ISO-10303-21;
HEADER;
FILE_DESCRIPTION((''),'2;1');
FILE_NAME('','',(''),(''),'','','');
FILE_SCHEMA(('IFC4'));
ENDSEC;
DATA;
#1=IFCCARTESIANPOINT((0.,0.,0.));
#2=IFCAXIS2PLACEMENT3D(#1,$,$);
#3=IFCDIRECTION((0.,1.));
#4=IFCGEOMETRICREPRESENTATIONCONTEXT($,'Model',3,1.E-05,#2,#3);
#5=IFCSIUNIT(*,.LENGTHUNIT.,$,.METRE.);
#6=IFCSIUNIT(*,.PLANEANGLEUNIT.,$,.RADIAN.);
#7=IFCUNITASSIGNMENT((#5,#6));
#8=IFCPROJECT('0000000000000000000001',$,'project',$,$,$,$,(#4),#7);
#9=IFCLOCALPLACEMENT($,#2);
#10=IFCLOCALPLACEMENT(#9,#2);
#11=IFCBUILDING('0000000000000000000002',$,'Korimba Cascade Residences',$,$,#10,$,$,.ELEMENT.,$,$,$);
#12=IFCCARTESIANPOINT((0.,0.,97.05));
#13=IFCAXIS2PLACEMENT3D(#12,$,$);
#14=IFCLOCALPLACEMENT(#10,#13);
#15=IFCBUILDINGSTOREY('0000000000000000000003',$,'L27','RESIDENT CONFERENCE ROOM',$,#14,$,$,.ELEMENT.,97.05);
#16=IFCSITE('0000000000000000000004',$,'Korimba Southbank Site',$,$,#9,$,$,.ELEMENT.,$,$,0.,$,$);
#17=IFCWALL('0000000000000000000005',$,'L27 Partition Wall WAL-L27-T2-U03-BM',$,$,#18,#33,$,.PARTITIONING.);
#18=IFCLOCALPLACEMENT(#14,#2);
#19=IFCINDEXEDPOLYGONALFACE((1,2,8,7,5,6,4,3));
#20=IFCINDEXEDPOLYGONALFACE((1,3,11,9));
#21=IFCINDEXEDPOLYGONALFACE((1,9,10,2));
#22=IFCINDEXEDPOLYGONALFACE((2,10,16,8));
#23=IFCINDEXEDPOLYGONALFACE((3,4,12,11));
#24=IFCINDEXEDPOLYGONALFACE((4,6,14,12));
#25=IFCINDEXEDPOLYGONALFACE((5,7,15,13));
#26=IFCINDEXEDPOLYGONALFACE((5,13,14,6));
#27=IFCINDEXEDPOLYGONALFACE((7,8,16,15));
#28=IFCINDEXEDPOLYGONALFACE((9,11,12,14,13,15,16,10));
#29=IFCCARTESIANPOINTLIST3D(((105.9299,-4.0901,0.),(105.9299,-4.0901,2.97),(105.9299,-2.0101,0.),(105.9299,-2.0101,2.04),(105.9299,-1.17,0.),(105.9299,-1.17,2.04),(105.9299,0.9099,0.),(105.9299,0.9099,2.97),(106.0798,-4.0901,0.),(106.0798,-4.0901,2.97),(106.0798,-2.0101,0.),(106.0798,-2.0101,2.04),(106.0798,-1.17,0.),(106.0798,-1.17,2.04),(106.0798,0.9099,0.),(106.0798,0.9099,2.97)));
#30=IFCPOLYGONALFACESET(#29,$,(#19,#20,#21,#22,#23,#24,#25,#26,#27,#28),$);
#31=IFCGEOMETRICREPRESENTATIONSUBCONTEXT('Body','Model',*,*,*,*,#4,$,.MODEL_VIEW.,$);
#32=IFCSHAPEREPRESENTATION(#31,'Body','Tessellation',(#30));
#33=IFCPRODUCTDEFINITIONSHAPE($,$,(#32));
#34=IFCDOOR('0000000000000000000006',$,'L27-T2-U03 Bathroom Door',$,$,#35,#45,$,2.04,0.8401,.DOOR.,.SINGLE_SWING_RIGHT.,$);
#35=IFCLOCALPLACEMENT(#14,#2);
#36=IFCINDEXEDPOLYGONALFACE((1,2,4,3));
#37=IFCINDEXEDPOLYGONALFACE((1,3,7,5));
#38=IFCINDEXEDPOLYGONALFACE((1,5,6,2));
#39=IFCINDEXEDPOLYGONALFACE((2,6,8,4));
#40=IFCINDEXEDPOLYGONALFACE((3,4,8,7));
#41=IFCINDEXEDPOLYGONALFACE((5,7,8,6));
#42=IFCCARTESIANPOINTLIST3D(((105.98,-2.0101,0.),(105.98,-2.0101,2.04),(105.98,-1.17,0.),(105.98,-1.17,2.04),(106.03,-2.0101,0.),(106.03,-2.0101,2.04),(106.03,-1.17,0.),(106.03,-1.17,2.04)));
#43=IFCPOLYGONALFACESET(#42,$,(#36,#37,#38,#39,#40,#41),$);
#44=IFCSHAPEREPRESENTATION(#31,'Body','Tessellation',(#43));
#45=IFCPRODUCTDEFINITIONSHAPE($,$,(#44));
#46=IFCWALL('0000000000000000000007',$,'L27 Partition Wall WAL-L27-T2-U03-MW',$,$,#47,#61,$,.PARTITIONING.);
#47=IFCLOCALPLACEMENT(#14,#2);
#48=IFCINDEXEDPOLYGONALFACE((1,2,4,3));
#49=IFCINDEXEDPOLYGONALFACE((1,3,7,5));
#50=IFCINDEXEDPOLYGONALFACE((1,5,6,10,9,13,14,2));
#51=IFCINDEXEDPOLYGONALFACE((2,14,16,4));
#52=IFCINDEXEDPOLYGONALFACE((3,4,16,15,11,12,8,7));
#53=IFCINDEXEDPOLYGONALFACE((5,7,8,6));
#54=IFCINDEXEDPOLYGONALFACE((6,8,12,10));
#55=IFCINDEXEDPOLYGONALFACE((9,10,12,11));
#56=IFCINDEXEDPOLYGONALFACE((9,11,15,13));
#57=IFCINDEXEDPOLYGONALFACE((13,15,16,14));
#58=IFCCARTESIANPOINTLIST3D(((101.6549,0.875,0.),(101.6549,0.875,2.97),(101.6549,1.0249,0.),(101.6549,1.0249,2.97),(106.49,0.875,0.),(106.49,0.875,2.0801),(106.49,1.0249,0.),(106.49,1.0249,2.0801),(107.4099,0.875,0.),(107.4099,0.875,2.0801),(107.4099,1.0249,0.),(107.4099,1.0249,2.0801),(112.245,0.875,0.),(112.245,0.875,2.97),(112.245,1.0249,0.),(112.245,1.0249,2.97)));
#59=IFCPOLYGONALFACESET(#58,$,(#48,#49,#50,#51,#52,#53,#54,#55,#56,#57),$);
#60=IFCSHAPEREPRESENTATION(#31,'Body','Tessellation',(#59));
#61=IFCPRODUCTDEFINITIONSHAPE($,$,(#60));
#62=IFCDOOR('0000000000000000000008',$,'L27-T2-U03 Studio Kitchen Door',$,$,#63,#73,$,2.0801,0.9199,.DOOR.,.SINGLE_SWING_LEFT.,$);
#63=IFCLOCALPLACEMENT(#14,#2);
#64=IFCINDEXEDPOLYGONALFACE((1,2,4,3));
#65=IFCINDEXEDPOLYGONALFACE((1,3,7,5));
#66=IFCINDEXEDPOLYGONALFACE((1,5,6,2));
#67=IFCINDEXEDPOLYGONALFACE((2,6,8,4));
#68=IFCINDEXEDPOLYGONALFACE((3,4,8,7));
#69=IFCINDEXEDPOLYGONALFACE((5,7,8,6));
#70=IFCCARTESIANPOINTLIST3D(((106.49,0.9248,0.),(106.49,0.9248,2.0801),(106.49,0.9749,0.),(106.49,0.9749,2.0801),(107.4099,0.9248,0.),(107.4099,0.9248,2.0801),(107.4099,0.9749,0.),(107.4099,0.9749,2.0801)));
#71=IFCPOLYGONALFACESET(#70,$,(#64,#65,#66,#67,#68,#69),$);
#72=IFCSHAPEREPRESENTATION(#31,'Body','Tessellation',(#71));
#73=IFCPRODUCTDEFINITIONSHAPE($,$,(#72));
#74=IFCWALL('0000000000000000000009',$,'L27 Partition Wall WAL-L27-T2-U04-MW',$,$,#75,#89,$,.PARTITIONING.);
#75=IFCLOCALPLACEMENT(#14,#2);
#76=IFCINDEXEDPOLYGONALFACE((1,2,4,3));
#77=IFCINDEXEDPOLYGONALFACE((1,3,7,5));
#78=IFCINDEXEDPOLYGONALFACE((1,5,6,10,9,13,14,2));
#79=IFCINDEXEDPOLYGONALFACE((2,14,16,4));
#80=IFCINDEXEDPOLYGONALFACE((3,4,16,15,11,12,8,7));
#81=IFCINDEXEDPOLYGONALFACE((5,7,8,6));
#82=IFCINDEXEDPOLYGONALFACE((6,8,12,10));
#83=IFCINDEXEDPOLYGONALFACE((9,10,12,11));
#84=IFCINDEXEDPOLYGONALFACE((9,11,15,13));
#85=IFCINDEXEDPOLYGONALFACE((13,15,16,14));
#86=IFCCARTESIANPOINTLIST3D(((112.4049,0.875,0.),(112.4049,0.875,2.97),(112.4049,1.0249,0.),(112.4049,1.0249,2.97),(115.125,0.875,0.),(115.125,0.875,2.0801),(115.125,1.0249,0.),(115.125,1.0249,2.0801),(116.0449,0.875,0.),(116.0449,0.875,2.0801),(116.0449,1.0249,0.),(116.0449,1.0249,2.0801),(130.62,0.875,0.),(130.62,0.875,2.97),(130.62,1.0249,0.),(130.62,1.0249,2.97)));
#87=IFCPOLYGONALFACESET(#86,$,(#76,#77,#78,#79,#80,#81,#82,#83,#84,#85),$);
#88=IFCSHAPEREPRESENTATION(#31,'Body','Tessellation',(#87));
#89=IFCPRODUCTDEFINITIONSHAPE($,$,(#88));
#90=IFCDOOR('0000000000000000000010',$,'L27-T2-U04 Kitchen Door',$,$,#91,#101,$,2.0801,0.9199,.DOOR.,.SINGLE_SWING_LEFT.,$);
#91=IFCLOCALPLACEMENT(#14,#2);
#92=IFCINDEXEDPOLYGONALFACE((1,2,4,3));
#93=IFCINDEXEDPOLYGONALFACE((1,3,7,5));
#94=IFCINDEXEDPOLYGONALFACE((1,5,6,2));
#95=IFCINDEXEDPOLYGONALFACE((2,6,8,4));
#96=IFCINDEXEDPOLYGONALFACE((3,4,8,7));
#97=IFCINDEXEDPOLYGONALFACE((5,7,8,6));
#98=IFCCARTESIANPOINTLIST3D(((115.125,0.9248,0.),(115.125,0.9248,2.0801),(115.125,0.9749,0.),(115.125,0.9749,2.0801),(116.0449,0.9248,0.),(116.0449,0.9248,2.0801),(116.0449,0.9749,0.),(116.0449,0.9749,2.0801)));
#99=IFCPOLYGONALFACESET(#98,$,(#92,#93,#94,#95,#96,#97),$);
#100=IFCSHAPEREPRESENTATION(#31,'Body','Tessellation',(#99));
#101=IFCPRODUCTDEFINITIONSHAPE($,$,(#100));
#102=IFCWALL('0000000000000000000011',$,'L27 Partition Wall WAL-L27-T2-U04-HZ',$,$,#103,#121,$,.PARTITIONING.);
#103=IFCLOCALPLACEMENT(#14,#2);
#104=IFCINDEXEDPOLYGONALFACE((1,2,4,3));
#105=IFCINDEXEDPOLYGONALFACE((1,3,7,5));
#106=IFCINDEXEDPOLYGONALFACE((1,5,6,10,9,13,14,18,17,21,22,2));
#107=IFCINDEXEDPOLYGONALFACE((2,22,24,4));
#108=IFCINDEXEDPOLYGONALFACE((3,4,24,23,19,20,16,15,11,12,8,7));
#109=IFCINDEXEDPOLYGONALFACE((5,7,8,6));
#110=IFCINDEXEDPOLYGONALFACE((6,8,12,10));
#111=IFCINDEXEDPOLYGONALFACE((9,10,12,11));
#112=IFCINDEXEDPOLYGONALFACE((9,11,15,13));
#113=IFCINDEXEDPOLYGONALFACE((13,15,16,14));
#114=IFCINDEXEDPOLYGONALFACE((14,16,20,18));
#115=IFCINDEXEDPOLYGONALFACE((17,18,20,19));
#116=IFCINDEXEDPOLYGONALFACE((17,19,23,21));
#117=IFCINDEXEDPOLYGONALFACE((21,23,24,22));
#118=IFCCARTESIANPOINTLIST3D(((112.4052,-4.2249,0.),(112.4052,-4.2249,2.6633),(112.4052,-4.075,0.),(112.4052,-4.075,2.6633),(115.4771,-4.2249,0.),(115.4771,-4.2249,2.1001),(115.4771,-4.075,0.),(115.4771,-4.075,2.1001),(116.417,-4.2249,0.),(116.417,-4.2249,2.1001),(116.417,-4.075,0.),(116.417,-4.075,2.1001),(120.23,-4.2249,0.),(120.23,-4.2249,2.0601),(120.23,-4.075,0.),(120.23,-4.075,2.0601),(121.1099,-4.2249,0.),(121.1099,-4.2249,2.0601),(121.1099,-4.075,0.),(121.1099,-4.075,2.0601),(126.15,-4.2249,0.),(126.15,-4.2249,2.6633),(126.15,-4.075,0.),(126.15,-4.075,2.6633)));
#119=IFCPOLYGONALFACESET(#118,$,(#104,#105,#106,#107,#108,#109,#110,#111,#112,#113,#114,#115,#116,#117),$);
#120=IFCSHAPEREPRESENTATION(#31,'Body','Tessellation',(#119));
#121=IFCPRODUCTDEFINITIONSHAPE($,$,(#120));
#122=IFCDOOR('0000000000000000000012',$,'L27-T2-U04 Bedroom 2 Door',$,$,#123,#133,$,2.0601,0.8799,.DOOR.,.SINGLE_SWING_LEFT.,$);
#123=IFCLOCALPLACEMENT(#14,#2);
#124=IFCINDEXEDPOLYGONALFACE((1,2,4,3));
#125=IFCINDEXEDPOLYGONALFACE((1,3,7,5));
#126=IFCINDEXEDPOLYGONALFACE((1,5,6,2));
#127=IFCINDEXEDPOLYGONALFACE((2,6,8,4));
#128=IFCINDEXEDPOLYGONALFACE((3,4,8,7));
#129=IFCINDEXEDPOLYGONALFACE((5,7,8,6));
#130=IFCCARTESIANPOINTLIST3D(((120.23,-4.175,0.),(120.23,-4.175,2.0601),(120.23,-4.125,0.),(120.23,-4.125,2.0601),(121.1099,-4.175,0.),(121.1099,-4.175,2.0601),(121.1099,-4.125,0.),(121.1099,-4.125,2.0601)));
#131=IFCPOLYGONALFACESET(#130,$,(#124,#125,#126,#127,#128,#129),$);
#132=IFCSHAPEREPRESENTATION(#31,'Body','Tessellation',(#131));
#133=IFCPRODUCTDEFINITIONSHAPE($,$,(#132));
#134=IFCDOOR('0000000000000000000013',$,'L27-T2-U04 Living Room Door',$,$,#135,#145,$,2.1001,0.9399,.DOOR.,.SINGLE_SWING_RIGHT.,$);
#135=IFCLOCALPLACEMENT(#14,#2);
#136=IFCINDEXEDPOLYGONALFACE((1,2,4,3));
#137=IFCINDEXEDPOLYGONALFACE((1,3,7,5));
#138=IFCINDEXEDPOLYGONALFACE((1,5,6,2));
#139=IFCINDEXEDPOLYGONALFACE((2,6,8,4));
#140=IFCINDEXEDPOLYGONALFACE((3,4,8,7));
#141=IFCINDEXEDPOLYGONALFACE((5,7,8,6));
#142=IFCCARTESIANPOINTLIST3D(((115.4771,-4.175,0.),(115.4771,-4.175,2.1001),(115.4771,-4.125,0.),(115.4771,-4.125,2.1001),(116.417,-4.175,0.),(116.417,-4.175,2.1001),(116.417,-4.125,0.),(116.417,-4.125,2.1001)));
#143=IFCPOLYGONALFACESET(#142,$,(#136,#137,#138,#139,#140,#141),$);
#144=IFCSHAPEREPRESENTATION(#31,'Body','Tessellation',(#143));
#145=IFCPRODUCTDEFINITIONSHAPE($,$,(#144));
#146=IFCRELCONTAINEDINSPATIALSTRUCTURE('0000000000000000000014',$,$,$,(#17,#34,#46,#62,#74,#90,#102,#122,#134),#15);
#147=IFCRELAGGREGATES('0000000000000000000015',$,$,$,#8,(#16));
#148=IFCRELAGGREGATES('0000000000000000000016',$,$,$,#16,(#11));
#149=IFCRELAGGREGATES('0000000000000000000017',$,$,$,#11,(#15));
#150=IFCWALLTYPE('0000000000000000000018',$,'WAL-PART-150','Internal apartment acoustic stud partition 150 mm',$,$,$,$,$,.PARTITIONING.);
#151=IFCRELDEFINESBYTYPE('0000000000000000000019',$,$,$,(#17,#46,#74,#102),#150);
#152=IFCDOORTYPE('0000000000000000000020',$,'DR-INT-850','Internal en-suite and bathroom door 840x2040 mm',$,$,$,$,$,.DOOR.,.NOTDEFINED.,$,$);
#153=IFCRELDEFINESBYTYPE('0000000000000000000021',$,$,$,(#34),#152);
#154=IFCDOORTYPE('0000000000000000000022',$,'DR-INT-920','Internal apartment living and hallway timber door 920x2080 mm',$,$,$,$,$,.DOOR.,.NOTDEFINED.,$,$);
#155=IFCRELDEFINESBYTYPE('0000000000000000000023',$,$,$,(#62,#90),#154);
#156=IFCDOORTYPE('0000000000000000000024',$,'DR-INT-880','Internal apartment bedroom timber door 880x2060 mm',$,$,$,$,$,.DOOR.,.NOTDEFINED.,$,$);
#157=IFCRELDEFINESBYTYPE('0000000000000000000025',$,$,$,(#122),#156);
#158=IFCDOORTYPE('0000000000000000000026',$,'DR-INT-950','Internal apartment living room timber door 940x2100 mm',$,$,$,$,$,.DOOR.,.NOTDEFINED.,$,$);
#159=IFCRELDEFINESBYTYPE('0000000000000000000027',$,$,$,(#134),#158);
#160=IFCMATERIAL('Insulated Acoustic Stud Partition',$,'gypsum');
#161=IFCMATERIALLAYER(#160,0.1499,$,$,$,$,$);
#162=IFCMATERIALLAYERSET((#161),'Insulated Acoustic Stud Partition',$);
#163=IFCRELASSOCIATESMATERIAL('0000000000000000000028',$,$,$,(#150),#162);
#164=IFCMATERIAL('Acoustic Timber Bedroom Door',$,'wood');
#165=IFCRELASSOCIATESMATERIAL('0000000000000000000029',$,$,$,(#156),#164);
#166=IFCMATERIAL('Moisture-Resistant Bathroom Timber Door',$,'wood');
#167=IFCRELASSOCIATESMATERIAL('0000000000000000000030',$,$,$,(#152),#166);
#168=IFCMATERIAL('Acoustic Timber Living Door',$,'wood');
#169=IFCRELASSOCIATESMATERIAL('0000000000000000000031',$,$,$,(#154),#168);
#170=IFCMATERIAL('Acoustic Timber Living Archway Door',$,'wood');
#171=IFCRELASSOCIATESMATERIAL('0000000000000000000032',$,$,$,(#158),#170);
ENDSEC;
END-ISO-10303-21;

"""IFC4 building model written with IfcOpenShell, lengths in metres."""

from ifc_helpers import new_model, si_unit, direction, frame, frame_2d, origin, place, context, subcontext, project, spatial, rectangle, extrude, material, layer, layer_set, type_object, element, fill, save


model = new_model("IFC4")

# Units and contexts
model_context = context("Model", 3, precision=1e-05, world=origin(), true_north=direction((0.0, 1.0)))
body_context = subcontext(model_context, "Body", "Model", "MODEL_VIEW")
ifc_project = project(units=[si_unit("LENGTHUNIT", "METRE"), si_unit("PLANEANGLEUNIT", "RADIAN")], contexts=[model_context])

# Site, building, storey
site_placement = place(None, origin())
site = spatial("IfcSite", under=ifc_project, at=site_placement, Name="Korimba Southbank Site", CompositionType="ELEMENT", RefElevation=0.0)
building_placement = place(site_placement, origin())
building = spatial("IfcBuilding", under=site, at=building_placement, Name="Korimba Cascade Residences", CompositionType="ELEMENT")
storey_placement = place(building_placement, frame((0.0, 0.0, 97.05)))
storey = spatial("IfcBuildingStorey", under=building, at=storey_placement, Name="L27", Description="RESIDENT CONFERENCE ROOM", CompositionType="ELEMENT", Elevation=97.05)

# Walls, openings, doors
ifc_material_1 = material(Name="Insulated Acoustic Stud Partition", Category="gypsum")
ifc_layer = layer(ifc_material_1, 0.1499)
ifc_layer_set = layer_set([ifc_layer], Name="Insulated Acoustic Stud Partition")
wall_type = type_object("IfcWallType", Name="WAL-PART-150", Description="Internal apartment acoustic stud partition 150 mm", PredefinedType="PARTITIONING", material=ifc_layer_set)
ifc_material_2 = material(Name="Acoustic Timber Bedroom Door", Category="wood")
door_type_1 = type_object("IfcDoorType", Name="DR-INT-880", Description="Internal apartment bedroom timber door 880x2060 mm", OperationType="NOTDEFINED", PredefinedType="DOOR", material=ifc_material_2)
ifc_material_3 = material(Name="Moisture-Resistant Bathroom Timber Door", Category="wood")
door_type_2 = type_object("IfcDoorType", Name="DR-INT-850", Description="Internal en-suite and bathroom door 840x2040 mm", OperationType="NOTDEFINED", PredefinedType="DOOR", material=ifc_material_3)
wall_1_placement = place(storey_placement, frame((106.0049, -4.0901, 0.0), z_axis=(0.0, 0.0, 1.0), x_axis=(0.0, 1.0, 0.0)))
wall_1 = element("IfcWall", 1, at=wall_1_placement, inside=storey, type_object=wall_type, Name="L27 Partition Wall WAL-L27-T2-U03-BM", PredefinedType="PARTITIONING", context=body_context, shape_type="SweptSolid", body=[
    extrude(rectangle(XDim=5.0, YDim=0.1499, at=frame_2d((2.5, 0.0))), origin(), (0.0, 0.0, 1.0), 2.97),
])
opening_1_placement = place(wall_1_placement, frame((2.0801, 0.0, 0.0)))
opening_1 = element("IfcOpeningElement", 2, at=opening_1_placement, cuts=wall_1, PredefinedType="OPENING", context=body_context, shape_type="SweptSolid", body=[
    extrude(rectangle(XDim=0.8401, YDim=2.04, at=frame_2d((0.4199, 1.02))), frame((0.0, 0.085, 0.0), z_axis=(0.0, -1.0, 0.0), x_axis=(1.0, 0.0, 0.0)), (0.0, 0.0, 1.0), 0.1699),
])
door_1_placement = place(opening_1_placement, origin())
door_1 = element("IfcDoor", 3, at=door_1_placement, inside=storey, type_object=door_type_2, Name="L27-T2-U03 Bathroom Door", OperationType="SINGLE_SWING_RIGHT", OverallHeight=2.04, OverallWidth=0.8401, PredefinedType="DOOR", context=body_context, shape_type="SweptSolid", body=[
    extrude(rectangle(XDim=0.8401, YDim=2.04, at=frame_2d((0.4199, 1.02))), frame((0.0, 0.0249, 0.0), z_axis=(0.0, -1.0, 0.0), x_axis=(1.0, 0.0, 0.0)), (0.0, 0.0, 1.0), 0.05),
])
fill(opening_1, door_1)
wall_2_placement = place(storey_placement, frame((101.655, 0.95, 0.0), z_axis=(0.0, 0.0, 1.0), x_axis=(1.0, 0.0, 0.0)))
wall_2 = element("IfcWall", 4, at=wall_2_placement, inside=storey, type_object=wall_type, Name="L27 Partition Wall WAL-L27-T2-U03-MW", PredefinedType="PARTITIONING", context=body_context, shape_type="SweptSolid", body=[
    extrude(rectangle(XDim=10.5901, YDim=0.1499, at=frame_2d((5.2949, 0.0))), origin(), (0.0, 0.0, 1.0), 2.97),
])
opening_2_placement = place(wall_2_placement, frame((4.835, 0.0, 0.0)))
opening_2 = element("IfcOpeningElement", 5, at=opening_2_placement, cuts=wall_2, PredefinedType="OPENING", context=body_context, shape_type="SweptSolid", body=[
    extrude(rectangle(XDim=0.9199, YDim=2.0801, at=frame_2d((0.46, 1.04))), frame((0.0, 0.085, 0.0), z_axis=(0.0, -1.0, 0.0), x_axis=(1.0, 0.0, 0.0)), (0.0, 0.0, 1.0), 0.1699),
])
ifc_material_4 = material(Name="Acoustic Timber Living Door", Category="wood")
door_type_3 = type_object("IfcDoorType", Name="DR-INT-920", Description="Internal apartment living and hallway timber door 920x2080 mm", OperationType="NOTDEFINED", PredefinedType="DOOR", material=ifc_material_4)
door_2_placement = place(opening_2_placement, origin())
door_2 = element("IfcDoor", 6, at=door_2_placement, inside=storey, type_object=door_type_3, Name="L27-T2-U03 Studio Kitchen Door", OperationType="SINGLE_SWING_LEFT", OverallHeight=2.0801, OverallWidth=0.9199, PredefinedType="DOOR", context=body_context, shape_type="SweptSolid", body=[
    extrude(rectangle(XDim=0.9199, YDim=2.0801, at=frame_2d((0.46, 1.04))), frame((0.0, 0.0249, 0.0), z_axis=(0.0, -1.0, 0.0), x_axis=(1.0, 0.0, 0.0)), (0.0, 0.0, 1.0), 0.05),
])
fill(opening_2, door_2)
wall_3_placement = place(storey_placement, frame((112.405, 0.95, 0.0), z_axis=(0.0, 0.0, 1.0), x_axis=(1.0, 0.0, 0.0)))
wall_3 = element("IfcWall", 7, at=wall_3_placement, inside=storey, type_object=wall_type, Name="L27 Partition Wall WAL-L27-T2-U04-MW", PredefinedType="PARTITIONING", context=body_context, shape_type="SweptSolid", body=[
    extrude(rectangle(XDim=18.2151, YDim=0.1499, at=frame_2d((9.1074, 0.0))), origin(), (0.0, 0.0, 1.0), 2.97),
])
opening_3_placement = place(wall_3_placement, frame((2.72, 0.0, 0.0)))
opening_3 = element("IfcOpeningElement", 8, at=opening_3_placement, cuts=wall_3, PredefinedType="OPENING", context=body_context, shape_type="SweptSolid", body=[
    extrude(rectangle(XDim=0.9199, YDim=2.0801, at=frame_2d((0.46, 1.04))), frame((0.0, 0.085, 0.0), z_axis=(0.0, -1.0, 0.0), x_axis=(1.0, 0.0, 0.0)), (0.0, 0.0, 1.0), 0.1699),
])
door_3_placement = place(opening_3_placement, origin())
door_3 = element("IfcDoor", 9, at=door_3_placement, inside=storey, type_object=door_type_3, Name="L27-T2-U04 Kitchen Door", OperationType="SINGLE_SWING_LEFT", OverallHeight=2.0801, OverallWidth=0.9199, PredefinedType="DOOR", context=body_context, shape_type="SweptSolid", body=[
    extrude(rectangle(XDim=0.9199, YDim=2.0801, at=frame_2d((0.46, 1.04))), frame((0.0, 0.0249, 0.0), z_axis=(0.0, -1.0, 0.0), x_axis=(1.0, 0.0, 0.0)), (0.0, 0.0, 1.0), 0.05),
])
fill(opening_3, door_3)

# Wall, openings, doors
wall_4_placement = place(storey_placement, frame((112.405, -4.1499, 0.0), z_axis=(0.0, 0.0, 1.0), x_axis=(1.0, 0.0, 0.0)))
wall_4 = element("IfcWall", 10, at=wall_4_placement, inside=storey, type_object=wall_type, Name="L27 Partition Wall WAL-L27-T2-U04-HZ", PredefinedType="PARTITIONING", context=body_context, shape_type="SweptSolid", body=[
    extrude(rectangle(XDim=13.7449, YDim=0.1499, at=frame_2d((6.8726, 0.0))), origin(), (0.0, 0.0, 1.0), 2.6633),
])
opening_4_placement = place(wall_4_placement, frame((3.072, 0.0, 0.0)))
opening_4 = element("IfcOpeningElement", 11, at=opening_4_placement, cuts=wall_4, PredefinedType="OPENING", context=body_context, shape_type="SweptSolid", body=[
    extrude(rectangle(XDim=0.9399, YDim=2.1001, at=frame_2d((0.47, 1.05))), frame((0.0, 0.085, 0.0), z_axis=(0.0, -1.0, 0.0), x_axis=(1.0, 0.0, 0.0)), (0.0, 0.0, 1.0), 0.1699),
])
opening_5_placement = place(wall_4_placement, frame((7.825, 0.0, 0.0)))
opening_5 = element("IfcOpeningElement", 12, at=opening_5_placement, cuts=wall_4, PredefinedType="OPENING", context=body_context, shape_type="SweptSolid", body=[
    extrude(rectangle(XDim=0.8799, YDim=2.0601, at=frame_2d((0.4399, 1.03))), frame((0.0, 0.085, 0.0), z_axis=(0.0, -1.0, 0.0), x_axis=(1.0, 0.0, 0.0)), (0.0, 0.0, 1.0), 0.1699),
])
door_4_placement = place(opening_5_placement, origin())
door_4 = element("IfcDoor", 13, at=door_4_placement, inside=storey, type_object=door_type_1, Name="L27-T2-U04 Bedroom 2 Door", OperationType="SINGLE_SWING_LEFT", OverallHeight=2.0601, OverallWidth=0.8799, PredefinedType="DOOR", context=body_context, shape_type="SweptSolid", body=[
    extrude(rectangle(XDim=0.8799, YDim=2.0601, at=frame_2d((0.4399, 1.03))), frame((0.0, 0.0249, 0.0), z_axis=(0.0, -1.0, 0.0), x_axis=(1.0, 0.0, 0.0)), (0.0, 0.0, 1.0), 0.05),
])
fill(opening_5, door_4)
ifc_material_5 = material(Name="Acoustic Timber Living Archway Door", Category="wood")
door_type_4 = type_object("IfcDoorType", Name="DR-INT-950", Description="Internal apartment living room timber door 940x2100 mm", OperationType="NOTDEFINED", PredefinedType="DOOR", material=ifc_material_5)
door_5_placement = place(opening_4_placement, origin())
door_5 = element("IfcDoor", 14, at=door_5_placement, inside=storey, type_object=door_type_4, Name="L27-T2-U04 Living Room Door", OperationType="SINGLE_SWING_RIGHT", OverallHeight=2.1001, OverallWidth=0.9399, PredefinedType="DOOR", context=body_context, shape_type="SweptSolid", body=[
    extrude(rectangle(XDim=0.9399, YDim=2.1001, at=frame_2d((0.47, 1.05))), frame((0.0, 0.0249, 0.0), z_axis=(0.0, -1.0, 0.0), x_axis=(1.0, 0.0, 0.0)), (0.0, 0.0, 1.0), 0.05),
])
fill(opening_4, door_5)

save(model, "model.ifc")
